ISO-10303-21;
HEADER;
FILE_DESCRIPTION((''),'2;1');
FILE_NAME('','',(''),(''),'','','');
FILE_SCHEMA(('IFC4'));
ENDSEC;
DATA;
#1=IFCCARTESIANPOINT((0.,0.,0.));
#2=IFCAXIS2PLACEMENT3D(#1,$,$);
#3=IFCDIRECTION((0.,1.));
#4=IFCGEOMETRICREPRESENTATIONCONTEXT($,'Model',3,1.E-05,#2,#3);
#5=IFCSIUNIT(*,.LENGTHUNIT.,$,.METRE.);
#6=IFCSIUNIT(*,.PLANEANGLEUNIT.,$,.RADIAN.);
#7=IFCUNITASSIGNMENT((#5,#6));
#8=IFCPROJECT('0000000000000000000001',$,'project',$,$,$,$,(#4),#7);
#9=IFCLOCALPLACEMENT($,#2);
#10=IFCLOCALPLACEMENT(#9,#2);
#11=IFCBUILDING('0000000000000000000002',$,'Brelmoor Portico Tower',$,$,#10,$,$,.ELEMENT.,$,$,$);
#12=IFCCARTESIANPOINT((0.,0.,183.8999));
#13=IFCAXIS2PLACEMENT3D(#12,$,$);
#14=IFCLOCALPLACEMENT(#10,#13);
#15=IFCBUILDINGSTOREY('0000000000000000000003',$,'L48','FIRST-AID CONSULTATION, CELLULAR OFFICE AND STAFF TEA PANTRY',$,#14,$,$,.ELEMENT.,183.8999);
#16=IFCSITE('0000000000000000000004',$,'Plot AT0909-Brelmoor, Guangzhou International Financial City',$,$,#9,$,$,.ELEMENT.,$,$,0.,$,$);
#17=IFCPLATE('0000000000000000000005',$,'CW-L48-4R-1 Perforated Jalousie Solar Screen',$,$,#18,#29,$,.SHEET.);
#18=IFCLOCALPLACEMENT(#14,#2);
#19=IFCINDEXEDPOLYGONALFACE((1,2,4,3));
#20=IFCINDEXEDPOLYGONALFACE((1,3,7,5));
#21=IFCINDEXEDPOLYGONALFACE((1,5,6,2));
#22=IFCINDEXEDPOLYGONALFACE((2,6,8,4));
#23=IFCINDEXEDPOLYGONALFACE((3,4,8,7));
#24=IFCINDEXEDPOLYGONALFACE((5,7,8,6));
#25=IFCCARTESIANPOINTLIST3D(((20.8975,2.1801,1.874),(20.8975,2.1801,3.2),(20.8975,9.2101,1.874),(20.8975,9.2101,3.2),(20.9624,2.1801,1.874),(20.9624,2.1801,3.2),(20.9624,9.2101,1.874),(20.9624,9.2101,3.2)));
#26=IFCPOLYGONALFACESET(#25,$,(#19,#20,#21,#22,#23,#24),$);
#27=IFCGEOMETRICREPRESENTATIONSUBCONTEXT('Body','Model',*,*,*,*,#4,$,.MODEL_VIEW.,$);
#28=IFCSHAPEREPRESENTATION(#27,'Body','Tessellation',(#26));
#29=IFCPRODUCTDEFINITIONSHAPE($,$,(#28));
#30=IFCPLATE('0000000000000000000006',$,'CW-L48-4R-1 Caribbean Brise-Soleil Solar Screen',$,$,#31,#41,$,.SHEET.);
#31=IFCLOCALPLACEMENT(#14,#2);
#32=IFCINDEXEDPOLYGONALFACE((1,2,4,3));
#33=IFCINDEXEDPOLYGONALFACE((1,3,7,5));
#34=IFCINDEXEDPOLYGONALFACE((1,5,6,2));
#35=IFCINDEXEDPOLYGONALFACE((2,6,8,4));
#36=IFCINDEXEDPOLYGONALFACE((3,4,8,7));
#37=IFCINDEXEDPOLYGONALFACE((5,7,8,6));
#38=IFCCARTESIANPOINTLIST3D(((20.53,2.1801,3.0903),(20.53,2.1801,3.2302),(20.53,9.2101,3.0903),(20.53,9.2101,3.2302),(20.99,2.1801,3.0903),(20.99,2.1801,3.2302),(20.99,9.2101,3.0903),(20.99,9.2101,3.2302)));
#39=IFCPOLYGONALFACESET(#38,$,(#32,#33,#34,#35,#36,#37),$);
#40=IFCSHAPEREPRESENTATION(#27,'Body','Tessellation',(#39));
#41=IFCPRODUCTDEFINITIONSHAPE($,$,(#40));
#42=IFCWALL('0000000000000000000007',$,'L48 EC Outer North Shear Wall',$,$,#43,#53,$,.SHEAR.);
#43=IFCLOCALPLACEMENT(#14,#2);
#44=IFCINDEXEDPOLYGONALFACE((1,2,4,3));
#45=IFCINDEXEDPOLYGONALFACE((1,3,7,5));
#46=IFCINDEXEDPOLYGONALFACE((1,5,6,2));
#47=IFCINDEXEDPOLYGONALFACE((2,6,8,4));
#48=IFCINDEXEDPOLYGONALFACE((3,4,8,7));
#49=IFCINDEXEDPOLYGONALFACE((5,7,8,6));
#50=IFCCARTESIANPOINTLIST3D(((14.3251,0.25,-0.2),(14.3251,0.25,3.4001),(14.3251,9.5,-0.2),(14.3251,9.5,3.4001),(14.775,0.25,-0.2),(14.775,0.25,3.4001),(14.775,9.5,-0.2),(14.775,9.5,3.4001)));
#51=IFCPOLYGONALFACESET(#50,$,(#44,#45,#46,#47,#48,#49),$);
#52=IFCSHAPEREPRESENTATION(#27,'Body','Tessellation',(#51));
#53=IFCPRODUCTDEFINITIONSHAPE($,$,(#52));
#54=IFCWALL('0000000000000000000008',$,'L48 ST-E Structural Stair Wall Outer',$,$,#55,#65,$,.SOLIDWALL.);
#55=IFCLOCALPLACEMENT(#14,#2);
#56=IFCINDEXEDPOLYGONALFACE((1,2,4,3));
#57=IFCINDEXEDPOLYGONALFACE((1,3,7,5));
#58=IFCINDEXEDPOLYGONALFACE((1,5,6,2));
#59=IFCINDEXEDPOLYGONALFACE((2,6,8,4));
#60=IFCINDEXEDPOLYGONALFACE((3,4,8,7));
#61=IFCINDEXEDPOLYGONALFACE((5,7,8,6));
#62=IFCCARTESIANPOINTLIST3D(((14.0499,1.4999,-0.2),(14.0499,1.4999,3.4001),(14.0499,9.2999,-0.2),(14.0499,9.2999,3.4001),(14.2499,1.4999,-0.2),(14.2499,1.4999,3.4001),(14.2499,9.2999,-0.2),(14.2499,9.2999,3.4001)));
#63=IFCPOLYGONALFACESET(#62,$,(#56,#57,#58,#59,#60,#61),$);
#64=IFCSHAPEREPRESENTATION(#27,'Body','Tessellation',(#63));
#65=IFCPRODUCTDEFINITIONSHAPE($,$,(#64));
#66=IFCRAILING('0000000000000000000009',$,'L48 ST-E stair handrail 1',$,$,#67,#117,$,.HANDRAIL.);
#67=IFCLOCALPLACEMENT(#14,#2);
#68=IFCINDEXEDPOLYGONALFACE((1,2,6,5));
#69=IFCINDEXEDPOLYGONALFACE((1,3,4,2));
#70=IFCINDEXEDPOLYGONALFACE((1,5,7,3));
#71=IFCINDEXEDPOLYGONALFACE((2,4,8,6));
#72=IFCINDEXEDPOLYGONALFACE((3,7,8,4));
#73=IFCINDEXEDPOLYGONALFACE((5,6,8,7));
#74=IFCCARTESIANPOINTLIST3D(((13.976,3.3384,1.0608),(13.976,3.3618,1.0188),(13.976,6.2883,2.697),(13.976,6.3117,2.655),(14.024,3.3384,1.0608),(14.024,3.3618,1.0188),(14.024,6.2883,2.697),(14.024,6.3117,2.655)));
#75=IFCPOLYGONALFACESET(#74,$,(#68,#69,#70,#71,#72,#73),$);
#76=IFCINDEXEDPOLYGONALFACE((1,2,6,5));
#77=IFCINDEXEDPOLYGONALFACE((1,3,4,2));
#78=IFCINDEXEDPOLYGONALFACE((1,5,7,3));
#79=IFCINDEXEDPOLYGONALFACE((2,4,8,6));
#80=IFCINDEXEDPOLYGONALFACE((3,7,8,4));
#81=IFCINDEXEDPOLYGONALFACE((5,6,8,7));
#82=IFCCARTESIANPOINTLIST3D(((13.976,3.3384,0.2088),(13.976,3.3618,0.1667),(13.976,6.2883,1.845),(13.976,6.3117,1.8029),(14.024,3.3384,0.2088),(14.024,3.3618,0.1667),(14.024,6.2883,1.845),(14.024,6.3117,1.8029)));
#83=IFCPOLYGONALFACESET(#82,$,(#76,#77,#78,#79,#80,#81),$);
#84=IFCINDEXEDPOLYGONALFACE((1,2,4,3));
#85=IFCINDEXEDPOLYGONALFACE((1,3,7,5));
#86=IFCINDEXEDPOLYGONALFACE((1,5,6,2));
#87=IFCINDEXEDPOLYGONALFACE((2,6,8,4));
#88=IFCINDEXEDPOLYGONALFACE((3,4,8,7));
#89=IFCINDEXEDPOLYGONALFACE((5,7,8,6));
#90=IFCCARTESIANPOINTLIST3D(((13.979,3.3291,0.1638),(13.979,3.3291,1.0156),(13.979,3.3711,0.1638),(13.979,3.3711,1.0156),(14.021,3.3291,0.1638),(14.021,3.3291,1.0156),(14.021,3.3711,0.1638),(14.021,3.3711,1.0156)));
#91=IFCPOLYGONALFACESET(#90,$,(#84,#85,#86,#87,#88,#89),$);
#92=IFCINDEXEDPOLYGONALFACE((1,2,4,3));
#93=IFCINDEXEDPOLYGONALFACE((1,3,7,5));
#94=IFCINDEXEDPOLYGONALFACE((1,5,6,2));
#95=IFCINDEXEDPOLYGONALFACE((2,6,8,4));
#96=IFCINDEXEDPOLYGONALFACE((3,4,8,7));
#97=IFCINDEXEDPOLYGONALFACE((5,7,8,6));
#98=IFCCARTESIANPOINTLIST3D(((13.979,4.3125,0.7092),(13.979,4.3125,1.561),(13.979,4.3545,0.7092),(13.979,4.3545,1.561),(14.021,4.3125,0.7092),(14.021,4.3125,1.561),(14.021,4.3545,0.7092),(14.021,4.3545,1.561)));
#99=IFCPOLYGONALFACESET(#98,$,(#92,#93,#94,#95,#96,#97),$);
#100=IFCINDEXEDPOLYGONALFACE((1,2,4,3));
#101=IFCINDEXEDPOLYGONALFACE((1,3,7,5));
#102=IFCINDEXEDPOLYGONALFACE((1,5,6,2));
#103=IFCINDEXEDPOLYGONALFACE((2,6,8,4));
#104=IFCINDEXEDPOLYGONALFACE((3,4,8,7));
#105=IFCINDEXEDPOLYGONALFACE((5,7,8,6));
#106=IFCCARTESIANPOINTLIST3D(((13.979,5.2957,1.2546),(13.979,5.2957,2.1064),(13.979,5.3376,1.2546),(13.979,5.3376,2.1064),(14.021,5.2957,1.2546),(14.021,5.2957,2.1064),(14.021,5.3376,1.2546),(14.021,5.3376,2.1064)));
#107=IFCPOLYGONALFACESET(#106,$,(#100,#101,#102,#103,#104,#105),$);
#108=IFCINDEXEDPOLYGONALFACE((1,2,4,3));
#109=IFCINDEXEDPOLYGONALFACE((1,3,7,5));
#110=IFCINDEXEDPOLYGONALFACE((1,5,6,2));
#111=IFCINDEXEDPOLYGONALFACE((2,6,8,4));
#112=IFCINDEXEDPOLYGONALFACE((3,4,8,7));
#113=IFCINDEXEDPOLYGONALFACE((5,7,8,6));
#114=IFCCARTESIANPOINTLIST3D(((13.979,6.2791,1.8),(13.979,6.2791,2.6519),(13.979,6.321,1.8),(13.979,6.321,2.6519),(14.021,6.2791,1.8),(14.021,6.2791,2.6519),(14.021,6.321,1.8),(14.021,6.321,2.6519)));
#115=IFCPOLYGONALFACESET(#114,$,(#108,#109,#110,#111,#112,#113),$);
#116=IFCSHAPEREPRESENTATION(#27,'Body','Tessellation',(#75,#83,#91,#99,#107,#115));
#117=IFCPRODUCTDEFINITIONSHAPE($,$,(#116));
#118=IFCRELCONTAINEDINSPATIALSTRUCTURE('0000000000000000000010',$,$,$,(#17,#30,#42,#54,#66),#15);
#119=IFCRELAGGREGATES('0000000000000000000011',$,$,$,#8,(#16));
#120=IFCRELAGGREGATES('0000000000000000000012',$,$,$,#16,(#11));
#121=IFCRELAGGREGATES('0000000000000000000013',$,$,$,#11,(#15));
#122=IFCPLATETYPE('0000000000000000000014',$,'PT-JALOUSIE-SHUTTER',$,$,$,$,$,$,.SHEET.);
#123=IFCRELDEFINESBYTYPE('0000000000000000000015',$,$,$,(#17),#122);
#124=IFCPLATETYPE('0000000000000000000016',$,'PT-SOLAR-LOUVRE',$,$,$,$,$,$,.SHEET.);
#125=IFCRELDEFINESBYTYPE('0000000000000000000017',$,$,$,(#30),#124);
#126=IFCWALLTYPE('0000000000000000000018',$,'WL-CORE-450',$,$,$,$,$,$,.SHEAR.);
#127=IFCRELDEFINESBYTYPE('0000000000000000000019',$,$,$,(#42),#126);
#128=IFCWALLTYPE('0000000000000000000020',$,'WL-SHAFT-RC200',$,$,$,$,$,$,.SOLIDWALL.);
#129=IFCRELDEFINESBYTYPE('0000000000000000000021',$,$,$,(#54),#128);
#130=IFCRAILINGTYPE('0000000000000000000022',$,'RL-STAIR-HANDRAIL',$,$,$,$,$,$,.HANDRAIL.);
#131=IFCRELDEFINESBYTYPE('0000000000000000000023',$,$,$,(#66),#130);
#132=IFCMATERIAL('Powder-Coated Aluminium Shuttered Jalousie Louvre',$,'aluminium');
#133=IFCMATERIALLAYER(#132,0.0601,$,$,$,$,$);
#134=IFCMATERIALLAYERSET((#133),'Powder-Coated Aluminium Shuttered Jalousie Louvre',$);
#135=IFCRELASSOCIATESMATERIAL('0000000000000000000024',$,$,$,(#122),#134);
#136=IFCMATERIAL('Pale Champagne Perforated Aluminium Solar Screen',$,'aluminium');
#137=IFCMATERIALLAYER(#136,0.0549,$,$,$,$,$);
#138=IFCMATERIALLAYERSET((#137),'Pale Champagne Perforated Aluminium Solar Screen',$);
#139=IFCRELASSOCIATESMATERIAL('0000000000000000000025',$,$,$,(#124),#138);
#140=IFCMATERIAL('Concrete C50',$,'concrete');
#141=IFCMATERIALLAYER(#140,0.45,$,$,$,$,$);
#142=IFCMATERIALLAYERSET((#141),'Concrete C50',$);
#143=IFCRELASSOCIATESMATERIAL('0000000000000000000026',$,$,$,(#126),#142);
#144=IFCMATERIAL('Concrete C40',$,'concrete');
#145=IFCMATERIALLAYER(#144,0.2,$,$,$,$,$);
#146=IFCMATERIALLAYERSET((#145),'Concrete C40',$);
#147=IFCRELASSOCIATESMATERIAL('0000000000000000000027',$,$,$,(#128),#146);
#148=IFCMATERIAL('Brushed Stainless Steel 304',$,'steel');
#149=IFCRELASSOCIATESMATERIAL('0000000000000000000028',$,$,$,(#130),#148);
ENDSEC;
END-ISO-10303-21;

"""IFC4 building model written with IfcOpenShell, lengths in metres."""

from ifc_helpers import new_model, si_unit, direction, frame, frame_2d, origin, origin_2d, place, context, subcontext, project, spatial, rectangle, extrude, material, layer, layer_set, type_object, element, save


model = new_model("IFC4")

# Units and contexts
model_context = context("Model", 3, precision=1e-05, world=origin(), true_north=direction((0.0, 1.0)))
body_context = subcontext(model_context, "Body", "Model", "MODEL_VIEW")
ifc_project = project(units=[si_unit("LENGTHUNIT", "METRE"), si_unit("PLANEANGLEUNIT", "RADIAN")], contexts=[model_context])

# Site, building, storey
site_placement = place(None, origin())
site = spatial("IfcSite", under=ifc_project, at=site_placement, Name="Plot AT0909-Brelmoor, Guangzhou International Financial City", CompositionType="ELEMENT", RefElevation=0.0)
building_placement = place(site_placement, origin())
building = spatial("IfcBuilding", under=site, at=building_placement, Name="Brelmoor Portico Tower", CompositionType="ELEMENT")
storey_placement = place(building_placement, frame((0.0, 0.0, 183.8999)))
storey = spatial("IfcBuildingStorey", under=building, at=storey_placement, Name="L48", Description="FIRST-AID CONSULTATION, CELLULAR OFFICE AND STAFF TEA PANTRY", CompositionType="ELEMENT", Elevation=183.8999)

# Plates
ifc_material_1 = material(Name="Powder-Coated Aluminium Shuttered Jalousie Louvre", Category="aluminium")
ifc_layer_1 = layer(ifc_material_1, 0.0601)
ifc_layer_set_1 = layer_set([ifc_layer_1], Name="Powder-Coated Aluminium Shuttered Jalousie Louvre")
plate_type_1 = type_object("IfcPlateType", Name="PT-JALOUSIE-SHUTTER", PredefinedType="SHEET", material=ifc_layer_set_1)
plate_1_placement = place(storey_placement, frame((20.9299, 5.6951, 1.874), z_axis=(0.0, 0.0, 1.0), x_axis=(0.0, 1.0, 0.0)))
element("IfcPlate", 1, at=plate_1_placement, inside=storey, type_object=plate_type_1, Name="CW-L48-4R-1 Perforated Jalousie Solar Screen", PredefinedType="SHEET", context=body_context, shape_type="SweptSolid", body=[
    extrude(rectangle(XDim=7.03, YDim=0.0649, at=origin_2d()), origin(), (0.0, 0.0, 1.0), 1.3259),
])
ifc_material_2 = material(Name="Pale Champagne Perforated Aluminium Solar Screen", Category="aluminium")
ifc_layer_2 = layer(ifc_material_2, 0.0549)
ifc_layer_set_2 = layer_set([ifc_layer_2], Name="Pale Champagne Perforated Aluminium Solar Screen")
plate_type_2 = type_object("IfcPlateType", Name="PT-SOLAR-LOUVRE", PredefinedType="SHEET", material=ifc_layer_set_2)
plate_2_placement = place(storey_placement, frame((20.76, 5.6951, 3.0903), z_axis=(0.0, 0.0, 1.0), x_axis=(0.0, 1.0, 0.0)))
element("IfcPlate", 2, at=plate_2_placement, inside=storey, type_object=plate_type_2, Name="CW-L48-4R-1 Caribbean Brise-Soleil Solar Screen", PredefinedType="SHEET", context=body_context, shape_type="SweptSolid", body=[
    extrude(rectangle(XDim=7.03, YDim=0.46, at=origin_2d()), origin(), (0.0, 0.0, 1.0), 0.1399),
])

# Walls
ifc_material_3 = material(Name="Concrete C50", Category="concrete")
ifc_layer_3 = layer(ifc_material_3, 0.45)
ifc_layer_set_3 = layer_set([ifc_layer_3], Name="Concrete C50")
wall_type_1 = type_object("IfcWallType", Name="WL-CORE-450", PredefinedType="SHEAR", material=ifc_layer_set_3)
wall_1_placement = place(storey_placement, frame((14.55, 0.25, -0.2), z_axis=(0.0, 0.0, 1.0), x_axis=(0.0, 1.0, 0.0)))
element("IfcWall", 3, at=wall_1_placement, inside=storey, type_object=wall_type_1, Name="L48 EC Outer North Shear Wall", PredefinedType="SHEAR", context=body_context, shape_type="SweptSolid", body=[
    extrude(rectangle(XDim=9.25, YDim=0.45, at=frame_2d((4.625, 0.0))), origin(), (0.0, 0.0, 1.0), 3.6001),
])
ifc_material_4 = material(Name="Concrete C40", Category="concrete")
ifc_layer_4 = layer(ifc_material_4, 0.2)
ifc_layer_set_4 = layer_set([ifc_layer_4], Name="Concrete C40")
wall_type_2 = type_object("IfcWallType", Name="WL-SHAFT-RC200", PredefinedType="SOLIDWALL", material=ifc_layer_set_4)
wall_2_placement = place(storey_placement, frame((14.1499, 1.5, -0.2), z_axis=(0.0, 0.0, 1.0), x_axis=(0.0, 1.0, 0.0)))
element("IfcWall", 4, at=wall_2_placement, inside=storey, type_object=wall_type_2, Name="L48 ST-E Structural Stair Wall Outer", PredefinedType="SOLIDWALL", context=body_context, shape_type="SweptSolid", body=[
    extrude(rectangle(XDim=7.8, YDim=0.2, at=frame_2d((3.8999, 0.0))), origin(), (0.0, 0.0, 1.0), 3.6001),
])

# Railing
ifc_material_5 = material(Name="Brushed Stainless Steel 304", Category="steel")
railing_type = type_object("IfcRailingType", Name="RL-STAIR-HANDRAIL", PredefinedType="HANDRAIL", material=ifc_material_5)
railing_placement = place(storey_placement, frame((14.0, 3.3501, 0.1638)))
element("IfcRailing", 5, at=railing_placement, inside=storey, type_object=railing_type, Name="L48 ST-E stair handrail 1", PredefinedType="HANDRAIL", context=body_context, shape_type="SweptSolid", body=[
    extrude(rectangle(XDim=0.0481, YDim=0.0481, at=origin_2d()), frame((0.0, 0.0, 0.876), z_axis=(0.0, 0.874488, 0.485047), x_axis=(-1.0, 0.0, 0.0)), (0.0, 0.0, 1.0), 3.3733),
    extrude(rectangle(XDim=0.0481, YDim=0.0481, at=origin_2d()), frame((0.0, 0.0, 0.0239), z_axis=(0.0, 0.874488, 0.485047), x_axis=(-1.0, 0.0, 0.0)), (0.0, 0.0, 1.0), 3.3733),
    extrude(rectangle(XDim=0.042, YDim=0.042, at=origin_2d()), origin(), (0.0, 0.0, 1.0), 0.8518),
    extrude(rectangle(XDim=0.042, YDim=0.042, at=origin_2d()), frame((0.0, 0.9834, 0.5454)), (0.0, 0.0, 1.0), 0.8518),
    extrude(rectangle(XDim=0.042, YDim=0.042, at=origin_2d()), frame((0.0, 1.9666, 1.0908)), (0.0, 0.0, 1.0), 0.8518),
    extrude(rectangle(XDim=0.042, YDim=0.042, at=origin_2d()), frame((0.0, 2.95, 1.6362)), (0.0, 0.0, 1.0), 0.8518),
])

save(model, "model.ifc")
